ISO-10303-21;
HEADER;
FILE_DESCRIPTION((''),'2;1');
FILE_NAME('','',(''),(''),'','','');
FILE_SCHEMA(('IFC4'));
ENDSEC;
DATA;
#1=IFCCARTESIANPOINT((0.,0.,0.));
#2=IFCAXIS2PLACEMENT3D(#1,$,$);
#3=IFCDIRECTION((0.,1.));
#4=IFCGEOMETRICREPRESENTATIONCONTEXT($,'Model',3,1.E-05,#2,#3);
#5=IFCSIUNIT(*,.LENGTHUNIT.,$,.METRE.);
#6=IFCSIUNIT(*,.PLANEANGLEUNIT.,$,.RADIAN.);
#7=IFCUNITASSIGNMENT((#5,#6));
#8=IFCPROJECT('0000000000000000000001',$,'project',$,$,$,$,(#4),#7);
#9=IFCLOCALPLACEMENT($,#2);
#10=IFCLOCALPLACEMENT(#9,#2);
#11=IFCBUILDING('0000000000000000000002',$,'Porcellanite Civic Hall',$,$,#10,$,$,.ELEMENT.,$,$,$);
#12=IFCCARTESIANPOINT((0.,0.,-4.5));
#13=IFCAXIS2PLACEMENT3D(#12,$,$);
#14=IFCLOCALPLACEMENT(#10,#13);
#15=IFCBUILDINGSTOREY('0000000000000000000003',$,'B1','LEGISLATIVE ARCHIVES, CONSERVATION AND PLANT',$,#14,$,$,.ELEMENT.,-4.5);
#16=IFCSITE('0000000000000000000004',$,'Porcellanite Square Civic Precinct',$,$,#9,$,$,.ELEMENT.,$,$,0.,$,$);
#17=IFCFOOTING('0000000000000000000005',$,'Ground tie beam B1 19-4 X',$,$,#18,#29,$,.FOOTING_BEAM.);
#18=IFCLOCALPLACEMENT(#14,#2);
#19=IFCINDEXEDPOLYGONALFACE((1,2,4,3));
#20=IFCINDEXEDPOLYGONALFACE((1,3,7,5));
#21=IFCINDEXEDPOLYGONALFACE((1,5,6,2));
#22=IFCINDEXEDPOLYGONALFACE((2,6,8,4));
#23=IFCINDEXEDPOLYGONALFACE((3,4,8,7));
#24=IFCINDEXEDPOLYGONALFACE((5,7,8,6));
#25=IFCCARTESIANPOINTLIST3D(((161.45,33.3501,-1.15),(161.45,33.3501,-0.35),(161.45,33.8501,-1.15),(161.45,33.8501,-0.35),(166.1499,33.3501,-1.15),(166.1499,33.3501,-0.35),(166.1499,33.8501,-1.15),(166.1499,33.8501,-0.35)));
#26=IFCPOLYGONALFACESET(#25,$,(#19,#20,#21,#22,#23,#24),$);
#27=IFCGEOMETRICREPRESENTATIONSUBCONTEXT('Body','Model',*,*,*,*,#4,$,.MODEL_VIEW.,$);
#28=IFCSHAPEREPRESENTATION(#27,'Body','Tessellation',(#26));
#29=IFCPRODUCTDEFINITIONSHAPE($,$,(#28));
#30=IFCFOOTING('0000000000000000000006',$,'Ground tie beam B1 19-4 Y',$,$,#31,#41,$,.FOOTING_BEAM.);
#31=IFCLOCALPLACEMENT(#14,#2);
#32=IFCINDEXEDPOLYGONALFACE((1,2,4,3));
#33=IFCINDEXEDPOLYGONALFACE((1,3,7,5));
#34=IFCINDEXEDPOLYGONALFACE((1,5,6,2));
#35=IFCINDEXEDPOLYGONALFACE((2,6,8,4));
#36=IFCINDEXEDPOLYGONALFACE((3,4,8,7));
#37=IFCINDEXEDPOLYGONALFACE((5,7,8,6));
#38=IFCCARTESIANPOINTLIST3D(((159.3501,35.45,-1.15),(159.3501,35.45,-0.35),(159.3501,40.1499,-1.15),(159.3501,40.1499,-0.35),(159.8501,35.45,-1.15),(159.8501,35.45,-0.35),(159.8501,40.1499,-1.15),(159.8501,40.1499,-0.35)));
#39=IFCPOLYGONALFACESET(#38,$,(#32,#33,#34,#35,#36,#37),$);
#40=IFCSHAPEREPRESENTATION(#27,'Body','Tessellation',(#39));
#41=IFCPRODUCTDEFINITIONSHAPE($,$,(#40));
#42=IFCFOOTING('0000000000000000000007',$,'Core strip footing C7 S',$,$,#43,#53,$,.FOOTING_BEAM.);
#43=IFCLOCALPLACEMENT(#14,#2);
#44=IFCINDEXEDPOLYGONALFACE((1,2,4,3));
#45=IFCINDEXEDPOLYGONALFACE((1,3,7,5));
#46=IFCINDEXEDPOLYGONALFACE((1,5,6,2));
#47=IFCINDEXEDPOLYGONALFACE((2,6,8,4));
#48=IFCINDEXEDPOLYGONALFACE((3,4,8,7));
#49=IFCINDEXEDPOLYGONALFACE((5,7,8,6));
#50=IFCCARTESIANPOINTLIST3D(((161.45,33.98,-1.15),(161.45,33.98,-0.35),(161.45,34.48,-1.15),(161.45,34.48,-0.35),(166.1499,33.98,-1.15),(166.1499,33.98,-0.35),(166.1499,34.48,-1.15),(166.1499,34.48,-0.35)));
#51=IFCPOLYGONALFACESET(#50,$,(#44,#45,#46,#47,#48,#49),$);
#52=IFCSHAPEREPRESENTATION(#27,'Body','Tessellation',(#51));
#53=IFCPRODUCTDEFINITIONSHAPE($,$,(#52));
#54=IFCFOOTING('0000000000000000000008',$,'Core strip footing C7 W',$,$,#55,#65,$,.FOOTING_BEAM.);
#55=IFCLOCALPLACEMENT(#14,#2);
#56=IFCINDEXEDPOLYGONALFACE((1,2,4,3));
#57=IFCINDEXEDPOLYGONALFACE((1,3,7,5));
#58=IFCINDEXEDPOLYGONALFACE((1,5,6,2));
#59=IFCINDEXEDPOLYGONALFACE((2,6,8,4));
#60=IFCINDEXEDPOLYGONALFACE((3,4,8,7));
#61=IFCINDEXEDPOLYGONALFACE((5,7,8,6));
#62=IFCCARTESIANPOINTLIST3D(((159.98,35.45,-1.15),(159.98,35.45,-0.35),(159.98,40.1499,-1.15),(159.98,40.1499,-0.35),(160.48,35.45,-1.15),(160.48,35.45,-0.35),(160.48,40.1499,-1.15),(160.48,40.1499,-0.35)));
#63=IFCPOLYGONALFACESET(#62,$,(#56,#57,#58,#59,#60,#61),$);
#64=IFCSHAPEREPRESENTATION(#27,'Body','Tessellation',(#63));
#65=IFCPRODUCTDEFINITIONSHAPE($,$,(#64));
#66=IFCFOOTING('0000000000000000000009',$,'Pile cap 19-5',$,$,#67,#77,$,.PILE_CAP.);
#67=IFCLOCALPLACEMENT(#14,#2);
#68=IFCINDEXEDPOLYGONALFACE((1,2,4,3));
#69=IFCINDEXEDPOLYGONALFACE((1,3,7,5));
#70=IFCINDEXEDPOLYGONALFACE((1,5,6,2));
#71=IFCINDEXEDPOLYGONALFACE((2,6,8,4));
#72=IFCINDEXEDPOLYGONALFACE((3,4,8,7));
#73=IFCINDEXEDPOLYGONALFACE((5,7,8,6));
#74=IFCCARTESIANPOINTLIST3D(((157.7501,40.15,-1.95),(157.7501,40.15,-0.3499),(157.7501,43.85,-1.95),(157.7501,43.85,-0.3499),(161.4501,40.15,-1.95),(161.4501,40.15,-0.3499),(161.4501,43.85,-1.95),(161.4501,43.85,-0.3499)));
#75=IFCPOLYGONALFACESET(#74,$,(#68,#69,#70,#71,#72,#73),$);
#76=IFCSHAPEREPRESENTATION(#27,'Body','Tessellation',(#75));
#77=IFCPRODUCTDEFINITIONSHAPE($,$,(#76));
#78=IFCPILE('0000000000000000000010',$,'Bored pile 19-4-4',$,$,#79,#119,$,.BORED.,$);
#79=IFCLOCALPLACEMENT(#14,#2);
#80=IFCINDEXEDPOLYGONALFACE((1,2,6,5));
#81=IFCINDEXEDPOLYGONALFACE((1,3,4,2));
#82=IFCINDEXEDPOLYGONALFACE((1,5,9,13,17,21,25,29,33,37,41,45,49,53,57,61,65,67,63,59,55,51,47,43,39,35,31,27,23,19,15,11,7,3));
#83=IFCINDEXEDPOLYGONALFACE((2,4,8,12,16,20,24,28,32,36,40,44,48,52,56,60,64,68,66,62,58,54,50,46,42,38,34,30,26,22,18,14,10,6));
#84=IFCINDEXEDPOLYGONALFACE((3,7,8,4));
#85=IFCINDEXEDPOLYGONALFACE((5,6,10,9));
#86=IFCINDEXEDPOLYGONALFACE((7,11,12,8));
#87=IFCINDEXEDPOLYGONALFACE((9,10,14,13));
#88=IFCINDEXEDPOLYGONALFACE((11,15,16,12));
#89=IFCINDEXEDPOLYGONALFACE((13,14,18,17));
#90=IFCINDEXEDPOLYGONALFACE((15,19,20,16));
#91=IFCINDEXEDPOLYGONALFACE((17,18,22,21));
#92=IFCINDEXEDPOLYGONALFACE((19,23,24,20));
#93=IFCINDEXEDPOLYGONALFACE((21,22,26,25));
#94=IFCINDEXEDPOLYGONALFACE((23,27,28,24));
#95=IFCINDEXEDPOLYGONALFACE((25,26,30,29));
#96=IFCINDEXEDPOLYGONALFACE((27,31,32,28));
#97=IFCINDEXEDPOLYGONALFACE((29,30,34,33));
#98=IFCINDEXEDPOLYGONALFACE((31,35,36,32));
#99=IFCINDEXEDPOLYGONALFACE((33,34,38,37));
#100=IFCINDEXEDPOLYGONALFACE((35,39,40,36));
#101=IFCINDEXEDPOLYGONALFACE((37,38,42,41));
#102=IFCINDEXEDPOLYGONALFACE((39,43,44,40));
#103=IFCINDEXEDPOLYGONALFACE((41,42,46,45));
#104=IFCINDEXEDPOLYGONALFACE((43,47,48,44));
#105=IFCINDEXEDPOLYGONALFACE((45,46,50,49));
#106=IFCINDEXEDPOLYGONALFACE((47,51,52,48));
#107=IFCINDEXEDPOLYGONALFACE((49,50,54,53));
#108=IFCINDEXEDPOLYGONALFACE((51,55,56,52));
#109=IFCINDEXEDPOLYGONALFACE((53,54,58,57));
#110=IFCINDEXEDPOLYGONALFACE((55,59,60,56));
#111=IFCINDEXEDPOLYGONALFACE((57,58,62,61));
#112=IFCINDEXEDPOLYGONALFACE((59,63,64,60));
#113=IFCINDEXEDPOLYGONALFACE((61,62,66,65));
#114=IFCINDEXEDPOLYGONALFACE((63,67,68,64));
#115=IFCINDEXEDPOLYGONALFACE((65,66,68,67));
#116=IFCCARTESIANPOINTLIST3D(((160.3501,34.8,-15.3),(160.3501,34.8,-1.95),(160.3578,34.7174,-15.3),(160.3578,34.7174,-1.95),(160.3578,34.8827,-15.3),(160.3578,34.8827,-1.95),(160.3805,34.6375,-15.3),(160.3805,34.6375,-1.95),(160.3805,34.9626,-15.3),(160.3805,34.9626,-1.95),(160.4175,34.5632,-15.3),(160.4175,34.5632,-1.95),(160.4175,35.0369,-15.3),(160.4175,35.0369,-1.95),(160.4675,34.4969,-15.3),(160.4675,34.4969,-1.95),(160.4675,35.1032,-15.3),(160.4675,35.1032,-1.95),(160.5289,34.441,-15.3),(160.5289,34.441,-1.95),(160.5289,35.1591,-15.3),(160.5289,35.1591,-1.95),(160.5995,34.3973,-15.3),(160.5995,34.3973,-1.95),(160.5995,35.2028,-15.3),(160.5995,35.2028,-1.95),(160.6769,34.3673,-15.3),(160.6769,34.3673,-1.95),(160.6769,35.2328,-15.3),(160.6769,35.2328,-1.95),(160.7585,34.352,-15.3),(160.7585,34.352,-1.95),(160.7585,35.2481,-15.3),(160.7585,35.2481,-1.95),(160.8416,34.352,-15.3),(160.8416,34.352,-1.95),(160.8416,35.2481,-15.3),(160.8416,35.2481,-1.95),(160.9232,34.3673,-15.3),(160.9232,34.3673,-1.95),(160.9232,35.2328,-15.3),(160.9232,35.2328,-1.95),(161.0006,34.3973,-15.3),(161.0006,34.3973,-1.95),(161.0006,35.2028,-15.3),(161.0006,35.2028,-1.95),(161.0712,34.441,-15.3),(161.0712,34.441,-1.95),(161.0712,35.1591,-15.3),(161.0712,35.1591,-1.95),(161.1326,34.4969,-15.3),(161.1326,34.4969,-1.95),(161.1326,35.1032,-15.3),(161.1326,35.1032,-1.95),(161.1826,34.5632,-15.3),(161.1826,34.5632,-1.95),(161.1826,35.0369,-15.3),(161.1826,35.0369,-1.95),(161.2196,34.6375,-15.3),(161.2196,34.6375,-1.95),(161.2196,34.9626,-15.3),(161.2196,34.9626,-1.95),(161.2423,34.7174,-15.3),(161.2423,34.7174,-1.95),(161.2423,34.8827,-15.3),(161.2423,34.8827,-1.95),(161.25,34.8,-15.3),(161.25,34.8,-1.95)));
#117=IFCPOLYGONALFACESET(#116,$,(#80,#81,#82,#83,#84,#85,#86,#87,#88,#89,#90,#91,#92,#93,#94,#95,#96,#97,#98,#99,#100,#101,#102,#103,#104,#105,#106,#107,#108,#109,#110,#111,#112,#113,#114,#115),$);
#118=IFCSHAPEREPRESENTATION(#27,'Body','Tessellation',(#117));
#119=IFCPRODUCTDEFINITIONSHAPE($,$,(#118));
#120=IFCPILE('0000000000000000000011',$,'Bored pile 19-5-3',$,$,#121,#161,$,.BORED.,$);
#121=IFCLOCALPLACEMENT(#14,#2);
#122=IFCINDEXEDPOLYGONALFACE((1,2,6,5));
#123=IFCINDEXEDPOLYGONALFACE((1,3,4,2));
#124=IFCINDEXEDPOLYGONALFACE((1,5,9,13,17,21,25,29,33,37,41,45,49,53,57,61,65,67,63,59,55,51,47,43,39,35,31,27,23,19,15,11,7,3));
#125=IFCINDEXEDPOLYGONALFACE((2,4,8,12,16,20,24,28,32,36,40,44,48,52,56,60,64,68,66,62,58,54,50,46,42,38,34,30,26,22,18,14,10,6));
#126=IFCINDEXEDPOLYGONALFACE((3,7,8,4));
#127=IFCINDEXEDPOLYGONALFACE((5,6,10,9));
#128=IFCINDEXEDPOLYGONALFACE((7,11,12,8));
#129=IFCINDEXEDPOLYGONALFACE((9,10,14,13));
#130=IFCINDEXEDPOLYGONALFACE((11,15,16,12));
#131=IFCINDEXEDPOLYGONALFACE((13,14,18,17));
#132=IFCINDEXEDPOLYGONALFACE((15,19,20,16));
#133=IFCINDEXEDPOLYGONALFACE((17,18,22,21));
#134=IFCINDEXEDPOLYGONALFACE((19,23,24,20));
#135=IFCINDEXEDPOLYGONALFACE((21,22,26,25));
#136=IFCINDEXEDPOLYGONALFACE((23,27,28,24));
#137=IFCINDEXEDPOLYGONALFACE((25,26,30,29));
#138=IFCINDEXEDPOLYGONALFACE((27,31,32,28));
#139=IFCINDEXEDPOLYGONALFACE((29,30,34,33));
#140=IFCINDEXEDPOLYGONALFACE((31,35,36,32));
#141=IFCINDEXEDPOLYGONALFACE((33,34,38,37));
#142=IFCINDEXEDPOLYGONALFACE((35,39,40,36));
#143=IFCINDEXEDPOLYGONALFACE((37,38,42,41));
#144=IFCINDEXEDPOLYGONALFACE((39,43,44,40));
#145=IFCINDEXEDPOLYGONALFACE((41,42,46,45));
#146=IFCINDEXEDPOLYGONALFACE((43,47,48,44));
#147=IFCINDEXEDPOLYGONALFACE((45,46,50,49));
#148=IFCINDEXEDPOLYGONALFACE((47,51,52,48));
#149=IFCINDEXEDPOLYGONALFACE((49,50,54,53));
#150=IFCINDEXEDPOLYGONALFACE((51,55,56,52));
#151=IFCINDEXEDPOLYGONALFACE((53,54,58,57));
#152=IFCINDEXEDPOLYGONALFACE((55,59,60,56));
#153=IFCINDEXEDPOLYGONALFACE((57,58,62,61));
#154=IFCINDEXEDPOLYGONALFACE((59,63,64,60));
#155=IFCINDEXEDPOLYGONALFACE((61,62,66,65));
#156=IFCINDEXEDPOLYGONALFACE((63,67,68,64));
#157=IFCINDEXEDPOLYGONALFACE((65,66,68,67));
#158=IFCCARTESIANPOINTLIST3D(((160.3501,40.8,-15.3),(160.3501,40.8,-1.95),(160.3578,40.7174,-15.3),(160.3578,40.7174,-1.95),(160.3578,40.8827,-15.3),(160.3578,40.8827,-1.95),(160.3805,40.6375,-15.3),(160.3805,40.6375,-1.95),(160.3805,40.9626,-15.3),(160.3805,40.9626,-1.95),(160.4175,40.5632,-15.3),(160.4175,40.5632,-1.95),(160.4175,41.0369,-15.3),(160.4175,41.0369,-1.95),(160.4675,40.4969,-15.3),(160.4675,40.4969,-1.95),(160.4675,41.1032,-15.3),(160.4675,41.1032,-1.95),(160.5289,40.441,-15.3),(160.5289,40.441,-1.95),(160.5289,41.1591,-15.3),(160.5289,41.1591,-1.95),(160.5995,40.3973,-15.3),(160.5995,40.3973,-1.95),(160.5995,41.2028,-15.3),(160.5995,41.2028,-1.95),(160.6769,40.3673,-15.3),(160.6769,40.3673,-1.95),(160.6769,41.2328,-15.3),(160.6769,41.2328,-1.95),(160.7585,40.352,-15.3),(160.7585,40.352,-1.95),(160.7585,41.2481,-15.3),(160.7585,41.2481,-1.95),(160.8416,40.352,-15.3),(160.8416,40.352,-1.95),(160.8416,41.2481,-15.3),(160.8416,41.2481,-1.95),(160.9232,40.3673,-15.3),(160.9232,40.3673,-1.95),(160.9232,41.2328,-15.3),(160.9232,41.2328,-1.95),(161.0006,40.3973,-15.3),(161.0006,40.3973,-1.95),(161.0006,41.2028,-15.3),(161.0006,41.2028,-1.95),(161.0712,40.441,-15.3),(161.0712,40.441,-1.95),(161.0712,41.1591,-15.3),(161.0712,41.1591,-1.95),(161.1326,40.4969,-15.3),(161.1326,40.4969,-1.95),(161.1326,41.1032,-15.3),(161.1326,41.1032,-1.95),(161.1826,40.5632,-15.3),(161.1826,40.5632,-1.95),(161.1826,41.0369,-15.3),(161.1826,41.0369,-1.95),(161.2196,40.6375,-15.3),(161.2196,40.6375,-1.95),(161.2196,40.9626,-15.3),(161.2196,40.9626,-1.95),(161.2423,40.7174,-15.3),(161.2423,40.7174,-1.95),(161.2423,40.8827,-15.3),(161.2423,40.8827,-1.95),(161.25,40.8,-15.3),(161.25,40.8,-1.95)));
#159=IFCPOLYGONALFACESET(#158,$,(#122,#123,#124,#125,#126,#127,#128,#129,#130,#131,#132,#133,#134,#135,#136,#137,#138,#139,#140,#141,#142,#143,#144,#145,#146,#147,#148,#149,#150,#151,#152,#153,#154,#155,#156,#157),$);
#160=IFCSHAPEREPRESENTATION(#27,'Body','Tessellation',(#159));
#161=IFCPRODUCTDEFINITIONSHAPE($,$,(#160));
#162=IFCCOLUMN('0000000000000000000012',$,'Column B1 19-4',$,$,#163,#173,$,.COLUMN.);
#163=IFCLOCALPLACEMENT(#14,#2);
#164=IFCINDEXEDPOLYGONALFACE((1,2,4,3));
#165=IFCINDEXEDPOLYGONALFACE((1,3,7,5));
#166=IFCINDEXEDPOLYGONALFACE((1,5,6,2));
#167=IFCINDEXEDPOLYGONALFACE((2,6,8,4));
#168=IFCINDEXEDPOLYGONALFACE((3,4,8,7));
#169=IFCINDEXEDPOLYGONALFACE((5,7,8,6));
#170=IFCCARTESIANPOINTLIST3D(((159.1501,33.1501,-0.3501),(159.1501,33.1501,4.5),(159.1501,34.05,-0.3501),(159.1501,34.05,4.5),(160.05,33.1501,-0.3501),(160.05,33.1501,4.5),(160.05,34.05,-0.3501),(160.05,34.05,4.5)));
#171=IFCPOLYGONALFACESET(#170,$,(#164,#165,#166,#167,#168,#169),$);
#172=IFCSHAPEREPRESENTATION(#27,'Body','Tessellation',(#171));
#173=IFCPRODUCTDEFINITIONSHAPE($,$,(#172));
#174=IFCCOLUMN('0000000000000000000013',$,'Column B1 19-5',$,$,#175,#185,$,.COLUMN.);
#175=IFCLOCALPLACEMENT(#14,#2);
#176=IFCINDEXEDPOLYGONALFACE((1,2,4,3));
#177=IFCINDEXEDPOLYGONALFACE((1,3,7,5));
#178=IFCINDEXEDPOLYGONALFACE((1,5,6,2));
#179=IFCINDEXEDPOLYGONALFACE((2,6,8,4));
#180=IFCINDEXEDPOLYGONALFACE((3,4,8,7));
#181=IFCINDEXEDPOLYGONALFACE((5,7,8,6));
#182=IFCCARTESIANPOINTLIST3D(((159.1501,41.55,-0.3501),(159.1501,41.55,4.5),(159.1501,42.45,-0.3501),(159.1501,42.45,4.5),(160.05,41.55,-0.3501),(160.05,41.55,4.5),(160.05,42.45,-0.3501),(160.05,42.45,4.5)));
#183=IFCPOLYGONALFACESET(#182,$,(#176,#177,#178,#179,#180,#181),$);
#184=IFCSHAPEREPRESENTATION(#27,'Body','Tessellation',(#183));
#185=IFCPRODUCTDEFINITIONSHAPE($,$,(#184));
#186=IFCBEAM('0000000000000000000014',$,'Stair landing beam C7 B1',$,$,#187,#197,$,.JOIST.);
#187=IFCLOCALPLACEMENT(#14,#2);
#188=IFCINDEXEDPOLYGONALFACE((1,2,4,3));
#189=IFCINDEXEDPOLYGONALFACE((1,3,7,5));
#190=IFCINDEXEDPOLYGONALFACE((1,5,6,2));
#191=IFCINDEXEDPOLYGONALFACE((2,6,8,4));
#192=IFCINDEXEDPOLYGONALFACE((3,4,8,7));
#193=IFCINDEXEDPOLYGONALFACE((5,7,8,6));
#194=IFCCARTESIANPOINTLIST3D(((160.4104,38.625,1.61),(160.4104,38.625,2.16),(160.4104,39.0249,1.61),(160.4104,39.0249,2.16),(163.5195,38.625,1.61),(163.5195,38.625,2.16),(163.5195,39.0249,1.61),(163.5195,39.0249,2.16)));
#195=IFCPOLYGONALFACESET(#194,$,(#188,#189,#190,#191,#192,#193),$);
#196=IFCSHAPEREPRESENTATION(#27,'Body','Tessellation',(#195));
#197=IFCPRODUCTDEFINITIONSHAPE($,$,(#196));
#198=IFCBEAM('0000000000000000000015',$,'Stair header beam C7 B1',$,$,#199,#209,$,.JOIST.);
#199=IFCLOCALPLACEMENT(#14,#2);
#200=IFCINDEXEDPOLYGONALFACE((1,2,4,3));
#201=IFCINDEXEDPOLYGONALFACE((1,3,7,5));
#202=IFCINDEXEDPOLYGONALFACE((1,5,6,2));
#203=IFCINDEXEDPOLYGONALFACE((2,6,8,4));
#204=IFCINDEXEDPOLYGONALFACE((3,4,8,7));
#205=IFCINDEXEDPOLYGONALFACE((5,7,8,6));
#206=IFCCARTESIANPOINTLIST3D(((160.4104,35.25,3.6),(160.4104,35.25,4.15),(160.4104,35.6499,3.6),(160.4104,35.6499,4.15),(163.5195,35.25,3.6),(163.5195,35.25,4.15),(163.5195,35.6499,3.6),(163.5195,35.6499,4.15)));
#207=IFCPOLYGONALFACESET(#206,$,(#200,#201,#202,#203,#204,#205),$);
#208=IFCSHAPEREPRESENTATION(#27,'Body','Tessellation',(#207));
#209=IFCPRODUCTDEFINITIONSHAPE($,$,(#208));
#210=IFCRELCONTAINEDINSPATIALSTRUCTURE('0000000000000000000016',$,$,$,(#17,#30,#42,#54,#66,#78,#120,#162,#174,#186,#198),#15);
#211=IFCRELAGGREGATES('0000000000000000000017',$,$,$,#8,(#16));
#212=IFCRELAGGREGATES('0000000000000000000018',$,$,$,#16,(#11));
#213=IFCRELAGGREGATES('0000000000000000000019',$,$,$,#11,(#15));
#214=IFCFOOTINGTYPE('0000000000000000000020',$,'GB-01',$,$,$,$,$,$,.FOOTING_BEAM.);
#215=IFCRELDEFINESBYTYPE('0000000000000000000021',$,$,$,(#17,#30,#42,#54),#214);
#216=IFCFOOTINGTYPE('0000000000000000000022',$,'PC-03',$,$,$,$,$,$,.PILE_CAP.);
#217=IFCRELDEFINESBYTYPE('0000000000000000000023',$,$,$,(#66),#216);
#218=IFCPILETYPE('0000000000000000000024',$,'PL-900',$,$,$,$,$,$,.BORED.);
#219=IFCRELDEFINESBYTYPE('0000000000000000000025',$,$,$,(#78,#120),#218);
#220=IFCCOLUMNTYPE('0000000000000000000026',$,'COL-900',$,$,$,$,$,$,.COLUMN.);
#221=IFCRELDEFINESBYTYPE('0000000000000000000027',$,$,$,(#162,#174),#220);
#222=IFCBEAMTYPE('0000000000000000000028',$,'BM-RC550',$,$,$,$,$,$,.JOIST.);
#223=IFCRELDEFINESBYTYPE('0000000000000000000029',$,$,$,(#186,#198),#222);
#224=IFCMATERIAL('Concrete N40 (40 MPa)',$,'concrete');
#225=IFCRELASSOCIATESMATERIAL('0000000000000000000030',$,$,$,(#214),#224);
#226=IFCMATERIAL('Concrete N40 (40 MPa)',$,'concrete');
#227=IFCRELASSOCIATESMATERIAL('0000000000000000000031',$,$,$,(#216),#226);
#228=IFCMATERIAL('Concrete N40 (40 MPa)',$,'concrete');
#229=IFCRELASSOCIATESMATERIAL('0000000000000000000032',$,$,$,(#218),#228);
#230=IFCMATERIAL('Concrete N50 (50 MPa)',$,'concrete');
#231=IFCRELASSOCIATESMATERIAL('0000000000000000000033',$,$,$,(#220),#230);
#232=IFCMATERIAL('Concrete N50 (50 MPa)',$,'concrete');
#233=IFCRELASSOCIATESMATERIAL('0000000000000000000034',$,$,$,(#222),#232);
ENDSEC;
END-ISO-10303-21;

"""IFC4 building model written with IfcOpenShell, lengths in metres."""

from ifc_helpers import new_model, si_unit, direction, frame, origin, origin_2d, place, context, subcontext, project, spatial, rectangle, circle, extrude, material, material_profile, profile_set, type_object, element, save


model = new_model("IFC4")

# Units and contexts
model_context = context("Model", 3, precision=1e-05, world=origin(), true_north=direction((0.0, 1.0)))
body_context = subcontext(model_context, "Body", "Model", "MODEL_VIEW")
ifc_project = project(units=[si_unit("LENGTHUNIT", "METRE"), si_unit("PLANEANGLEUNIT", "RADIAN")], contexts=[model_context])

# Site, building, storey
site_placement = place(None, origin())
site = spatial("IfcSite", under=ifc_project, at=site_placement, Name="Porcellanite Square Civic Precinct", CompositionType="ELEMENT", RefElevation=0.0)
building_placement = place(site_placement, origin())
building = spatial("IfcBuilding", under=site, at=building_placement, Name="Porcellanite Civic Hall", CompositionType="ELEMENT")
storey_placement = place(building_placement, frame((0.0, 0.0, -4.5)))
storey = spatial("IfcBuildingStorey", under=building, at=storey_placement, Name="B1", Description="LEGISLATIVE ARCHIVES, CONSERVATION AND PLANT", CompositionType="ELEMENT", Elevation=-4.5)

# Footings
ifc_material_1 = material(Name="Concrete N40 (40 MPa)", Category="concrete")
ifc_material_profile_1 = material_profile(ifc_material_1, rectangle(XDim=0.5, YDim=0.8, at=origin_2d()), Name="RC-500x800")
ifc_profile_set_1 = profile_set([ifc_material_profile_1], Name="Concrete N40 (40 MPa)")
footing_type_1 = type_object("IfcFootingType", Name="GB-01", PredefinedType="FOOTING_BEAM", material=ifc_profile_set_1)
for number, where, z_axis, x_axis, name in (
    (1, (161.45, 33.6001, -0.75), (1.0, 0.0, 0.0), (0.0, 1.0, 0.0), "Ground tie beam B1 19-4 X"),
    (2, (159.6001, 35.45, -0.75), (0.0, 1.0, 0.0), (-1.0, 0.0, 0.0), "Ground tie beam B1 19-4 Y"),
    (3, (161.45, 34.23, -0.75), (1.0, 0.0, 0.0), (0.0, 1.0, 0.0), "Core strip footing C7 S"),
    (4, (160.23, 35.45, -0.75), (0.0, 1.0, 0.0), (-1.0, 0.0, 0.0), "Core strip footing C7 W"),
):
    element("IfcFooting", number, at=place(storey_placement, frame(where, z_axis=z_axis, x_axis=x_axis)), inside=storey, type_object=footing_type_1, Name=name, PredefinedType="FOOTING_BEAM", context=body_context, shape_type="SweptSolid", body=[
        extrude(rectangle(XDim=0.5, YDim=0.8, at=origin_2d()), origin(), (0.0, 0.0, 1.0), 4.7),
    ])
ifc_material_2 = material(Name="Concrete N40 (40 MPa)", Category="concrete")
footing_type_2 = type_object("IfcFootingType", Name="PC-03", PredefinedType="PILE_CAP", material=ifc_material_2)
footing_placement = place(storey_placement, frame((159.6001, 42.0, -1.95), z_axis=(0.0, 0.0, 1.0), x_axis=(1.0, 0.0, 0.0)))
element("IfcFooting", 5, at=footing_placement, inside=storey, type_object=footing_type_2, Name="Pile cap 19-5", PredefinedType="PILE_CAP", context=body_context, shape_type="SweptSolid", body=[
    extrude(rectangle(XDim=3.7, YDim=3.7, at=origin_2d()), origin(), (0.0, 0.0, 1.0), 1.6001),
])

# Piles
ifc_material_3 = material(Name="Concrete N40 (40 MPa)", Category="concrete")
ifc_material_profile_2 = material_profile(ifc_material_3, circle(Radius=0.45, at=origin_2d()), Name="PILE-D900")
ifc_profile_set_2 = profile_set([ifc_material_profile_2], Name="Concrete N40 (40 MPa)")
pile_type = type_object("IfcPileType", Name="PL-900", PredefinedType="BORED", material=ifc_profile_set_2)
for number, where, z_axis, x_axis, name in (
    (6, (160.8, 34.8, -1.95), (0.0, 0.0, -1.0), (1.0, 0.0, 0.0), "Bored pile 19-4-4"),
    (7, (160.8, 40.8, -1.95), (0.0, 0.0, -1.0), (1.0, 0.0, 0.0), "Bored pile 19-5-3"),
):
    element("IfcPile", number, at=place(storey_placement, frame(where, z_axis=z_axis, x_axis=x_axis)), inside=storey, type_object=pile_type, Name=name, PredefinedType="BORED", context=body_context, shape_type="SweptSolid", body=[
        extrude(circle(Radius=0.45, at=origin_2d()), origin(), (0.0, 0.0, 1.0), 13.3501),
    ])

# Columns
ifc_material_4 = material(Name="Concrete N50 (50 MPa)", Category="concrete")
ifc_material_profile_3 = material_profile(ifc_material_4, rectangle(XDim=0.8999, YDim=0.8999, at=origin_2d()), Name="RC-900x900")
ifc_profile_set_3 = profile_set([ifc_material_profile_3], Name="Concrete N50 (50 MPa)")
column_type = type_object("IfcColumnType", Name="COL-900", PredefinedType="COLUMN", material=ifc_profile_set_3)
for number, where, z_axis, x_axis, name in (
    (8, (159.6001, 33.6001, -0.3501), (0.0, 0.0, 1.0), (1.0, 0.0, 0.0), "Column B1 19-4"),
    (9, (159.6001, 42.0, -0.3501), (0.0, 0.0, 1.0), (1.0, 0.0, 0.0), "Column B1 19-5"),
):
    element("IfcColumn", number, at=place(storey_placement, frame(where, z_axis=z_axis, x_axis=x_axis)), inside=storey, type_object=column_type, Name=name, PredefinedType="COLUMN", context=body_context, shape_type="SweptSolid", body=[
        extrude(rectangle(XDim=0.8999, YDim=0.8999, at=origin_2d()), origin(), (0.0, 0.0, 1.0), 4.8501),
    ])

# Beams
ifc_material_5 = material(Name="Concrete N50 (50 MPa)", Category="concrete")
ifc_material_profile_4 = material_profile(ifc_material_5, rectangle(XDim=0.3999, YDim=0.55, at=origin_2d()), Name="RC-400x550")
ifc_profile_set_4 = profile_set([ifc_material_profile_4], Name="Concrete N50 (50 MPa)")
beam_type_1 = type_object("IfcBeamType", Name="BM-RC550", PredefinedType="JOIST", material=ifc_profile_set_4)
for number, where, z_axis, x_axis, name in (
    (10, (160.4104, 38.825, 1.885), (1.0, 0.0, 0.0), (0.0, 1.0, 0.0), "Stair landing beam C7 B1"),
    (11, (160.4104, 35.45, 3.875), (1.0, 0.0, 0.0), (0.0, 1.0, 0.0), "Stair header beam C7 B1"),
):
    element("IfcBeam", number, at=place(storey_placement, frame(where, z_axis=z_axis, x_axis=x_axis)), inside=storey, type_object=beam_type_1, Name=name, PredefinedType="JOIST", context=body_context, shape_type="SweptSolid", body=[
        extrude(rectangle(XDim=0.3999, YDim=0.55, at=origin_2d()), origin(), (0.0, 0.0, 1.0), 3.1091),
    ])

save(model, "model.ifc")
